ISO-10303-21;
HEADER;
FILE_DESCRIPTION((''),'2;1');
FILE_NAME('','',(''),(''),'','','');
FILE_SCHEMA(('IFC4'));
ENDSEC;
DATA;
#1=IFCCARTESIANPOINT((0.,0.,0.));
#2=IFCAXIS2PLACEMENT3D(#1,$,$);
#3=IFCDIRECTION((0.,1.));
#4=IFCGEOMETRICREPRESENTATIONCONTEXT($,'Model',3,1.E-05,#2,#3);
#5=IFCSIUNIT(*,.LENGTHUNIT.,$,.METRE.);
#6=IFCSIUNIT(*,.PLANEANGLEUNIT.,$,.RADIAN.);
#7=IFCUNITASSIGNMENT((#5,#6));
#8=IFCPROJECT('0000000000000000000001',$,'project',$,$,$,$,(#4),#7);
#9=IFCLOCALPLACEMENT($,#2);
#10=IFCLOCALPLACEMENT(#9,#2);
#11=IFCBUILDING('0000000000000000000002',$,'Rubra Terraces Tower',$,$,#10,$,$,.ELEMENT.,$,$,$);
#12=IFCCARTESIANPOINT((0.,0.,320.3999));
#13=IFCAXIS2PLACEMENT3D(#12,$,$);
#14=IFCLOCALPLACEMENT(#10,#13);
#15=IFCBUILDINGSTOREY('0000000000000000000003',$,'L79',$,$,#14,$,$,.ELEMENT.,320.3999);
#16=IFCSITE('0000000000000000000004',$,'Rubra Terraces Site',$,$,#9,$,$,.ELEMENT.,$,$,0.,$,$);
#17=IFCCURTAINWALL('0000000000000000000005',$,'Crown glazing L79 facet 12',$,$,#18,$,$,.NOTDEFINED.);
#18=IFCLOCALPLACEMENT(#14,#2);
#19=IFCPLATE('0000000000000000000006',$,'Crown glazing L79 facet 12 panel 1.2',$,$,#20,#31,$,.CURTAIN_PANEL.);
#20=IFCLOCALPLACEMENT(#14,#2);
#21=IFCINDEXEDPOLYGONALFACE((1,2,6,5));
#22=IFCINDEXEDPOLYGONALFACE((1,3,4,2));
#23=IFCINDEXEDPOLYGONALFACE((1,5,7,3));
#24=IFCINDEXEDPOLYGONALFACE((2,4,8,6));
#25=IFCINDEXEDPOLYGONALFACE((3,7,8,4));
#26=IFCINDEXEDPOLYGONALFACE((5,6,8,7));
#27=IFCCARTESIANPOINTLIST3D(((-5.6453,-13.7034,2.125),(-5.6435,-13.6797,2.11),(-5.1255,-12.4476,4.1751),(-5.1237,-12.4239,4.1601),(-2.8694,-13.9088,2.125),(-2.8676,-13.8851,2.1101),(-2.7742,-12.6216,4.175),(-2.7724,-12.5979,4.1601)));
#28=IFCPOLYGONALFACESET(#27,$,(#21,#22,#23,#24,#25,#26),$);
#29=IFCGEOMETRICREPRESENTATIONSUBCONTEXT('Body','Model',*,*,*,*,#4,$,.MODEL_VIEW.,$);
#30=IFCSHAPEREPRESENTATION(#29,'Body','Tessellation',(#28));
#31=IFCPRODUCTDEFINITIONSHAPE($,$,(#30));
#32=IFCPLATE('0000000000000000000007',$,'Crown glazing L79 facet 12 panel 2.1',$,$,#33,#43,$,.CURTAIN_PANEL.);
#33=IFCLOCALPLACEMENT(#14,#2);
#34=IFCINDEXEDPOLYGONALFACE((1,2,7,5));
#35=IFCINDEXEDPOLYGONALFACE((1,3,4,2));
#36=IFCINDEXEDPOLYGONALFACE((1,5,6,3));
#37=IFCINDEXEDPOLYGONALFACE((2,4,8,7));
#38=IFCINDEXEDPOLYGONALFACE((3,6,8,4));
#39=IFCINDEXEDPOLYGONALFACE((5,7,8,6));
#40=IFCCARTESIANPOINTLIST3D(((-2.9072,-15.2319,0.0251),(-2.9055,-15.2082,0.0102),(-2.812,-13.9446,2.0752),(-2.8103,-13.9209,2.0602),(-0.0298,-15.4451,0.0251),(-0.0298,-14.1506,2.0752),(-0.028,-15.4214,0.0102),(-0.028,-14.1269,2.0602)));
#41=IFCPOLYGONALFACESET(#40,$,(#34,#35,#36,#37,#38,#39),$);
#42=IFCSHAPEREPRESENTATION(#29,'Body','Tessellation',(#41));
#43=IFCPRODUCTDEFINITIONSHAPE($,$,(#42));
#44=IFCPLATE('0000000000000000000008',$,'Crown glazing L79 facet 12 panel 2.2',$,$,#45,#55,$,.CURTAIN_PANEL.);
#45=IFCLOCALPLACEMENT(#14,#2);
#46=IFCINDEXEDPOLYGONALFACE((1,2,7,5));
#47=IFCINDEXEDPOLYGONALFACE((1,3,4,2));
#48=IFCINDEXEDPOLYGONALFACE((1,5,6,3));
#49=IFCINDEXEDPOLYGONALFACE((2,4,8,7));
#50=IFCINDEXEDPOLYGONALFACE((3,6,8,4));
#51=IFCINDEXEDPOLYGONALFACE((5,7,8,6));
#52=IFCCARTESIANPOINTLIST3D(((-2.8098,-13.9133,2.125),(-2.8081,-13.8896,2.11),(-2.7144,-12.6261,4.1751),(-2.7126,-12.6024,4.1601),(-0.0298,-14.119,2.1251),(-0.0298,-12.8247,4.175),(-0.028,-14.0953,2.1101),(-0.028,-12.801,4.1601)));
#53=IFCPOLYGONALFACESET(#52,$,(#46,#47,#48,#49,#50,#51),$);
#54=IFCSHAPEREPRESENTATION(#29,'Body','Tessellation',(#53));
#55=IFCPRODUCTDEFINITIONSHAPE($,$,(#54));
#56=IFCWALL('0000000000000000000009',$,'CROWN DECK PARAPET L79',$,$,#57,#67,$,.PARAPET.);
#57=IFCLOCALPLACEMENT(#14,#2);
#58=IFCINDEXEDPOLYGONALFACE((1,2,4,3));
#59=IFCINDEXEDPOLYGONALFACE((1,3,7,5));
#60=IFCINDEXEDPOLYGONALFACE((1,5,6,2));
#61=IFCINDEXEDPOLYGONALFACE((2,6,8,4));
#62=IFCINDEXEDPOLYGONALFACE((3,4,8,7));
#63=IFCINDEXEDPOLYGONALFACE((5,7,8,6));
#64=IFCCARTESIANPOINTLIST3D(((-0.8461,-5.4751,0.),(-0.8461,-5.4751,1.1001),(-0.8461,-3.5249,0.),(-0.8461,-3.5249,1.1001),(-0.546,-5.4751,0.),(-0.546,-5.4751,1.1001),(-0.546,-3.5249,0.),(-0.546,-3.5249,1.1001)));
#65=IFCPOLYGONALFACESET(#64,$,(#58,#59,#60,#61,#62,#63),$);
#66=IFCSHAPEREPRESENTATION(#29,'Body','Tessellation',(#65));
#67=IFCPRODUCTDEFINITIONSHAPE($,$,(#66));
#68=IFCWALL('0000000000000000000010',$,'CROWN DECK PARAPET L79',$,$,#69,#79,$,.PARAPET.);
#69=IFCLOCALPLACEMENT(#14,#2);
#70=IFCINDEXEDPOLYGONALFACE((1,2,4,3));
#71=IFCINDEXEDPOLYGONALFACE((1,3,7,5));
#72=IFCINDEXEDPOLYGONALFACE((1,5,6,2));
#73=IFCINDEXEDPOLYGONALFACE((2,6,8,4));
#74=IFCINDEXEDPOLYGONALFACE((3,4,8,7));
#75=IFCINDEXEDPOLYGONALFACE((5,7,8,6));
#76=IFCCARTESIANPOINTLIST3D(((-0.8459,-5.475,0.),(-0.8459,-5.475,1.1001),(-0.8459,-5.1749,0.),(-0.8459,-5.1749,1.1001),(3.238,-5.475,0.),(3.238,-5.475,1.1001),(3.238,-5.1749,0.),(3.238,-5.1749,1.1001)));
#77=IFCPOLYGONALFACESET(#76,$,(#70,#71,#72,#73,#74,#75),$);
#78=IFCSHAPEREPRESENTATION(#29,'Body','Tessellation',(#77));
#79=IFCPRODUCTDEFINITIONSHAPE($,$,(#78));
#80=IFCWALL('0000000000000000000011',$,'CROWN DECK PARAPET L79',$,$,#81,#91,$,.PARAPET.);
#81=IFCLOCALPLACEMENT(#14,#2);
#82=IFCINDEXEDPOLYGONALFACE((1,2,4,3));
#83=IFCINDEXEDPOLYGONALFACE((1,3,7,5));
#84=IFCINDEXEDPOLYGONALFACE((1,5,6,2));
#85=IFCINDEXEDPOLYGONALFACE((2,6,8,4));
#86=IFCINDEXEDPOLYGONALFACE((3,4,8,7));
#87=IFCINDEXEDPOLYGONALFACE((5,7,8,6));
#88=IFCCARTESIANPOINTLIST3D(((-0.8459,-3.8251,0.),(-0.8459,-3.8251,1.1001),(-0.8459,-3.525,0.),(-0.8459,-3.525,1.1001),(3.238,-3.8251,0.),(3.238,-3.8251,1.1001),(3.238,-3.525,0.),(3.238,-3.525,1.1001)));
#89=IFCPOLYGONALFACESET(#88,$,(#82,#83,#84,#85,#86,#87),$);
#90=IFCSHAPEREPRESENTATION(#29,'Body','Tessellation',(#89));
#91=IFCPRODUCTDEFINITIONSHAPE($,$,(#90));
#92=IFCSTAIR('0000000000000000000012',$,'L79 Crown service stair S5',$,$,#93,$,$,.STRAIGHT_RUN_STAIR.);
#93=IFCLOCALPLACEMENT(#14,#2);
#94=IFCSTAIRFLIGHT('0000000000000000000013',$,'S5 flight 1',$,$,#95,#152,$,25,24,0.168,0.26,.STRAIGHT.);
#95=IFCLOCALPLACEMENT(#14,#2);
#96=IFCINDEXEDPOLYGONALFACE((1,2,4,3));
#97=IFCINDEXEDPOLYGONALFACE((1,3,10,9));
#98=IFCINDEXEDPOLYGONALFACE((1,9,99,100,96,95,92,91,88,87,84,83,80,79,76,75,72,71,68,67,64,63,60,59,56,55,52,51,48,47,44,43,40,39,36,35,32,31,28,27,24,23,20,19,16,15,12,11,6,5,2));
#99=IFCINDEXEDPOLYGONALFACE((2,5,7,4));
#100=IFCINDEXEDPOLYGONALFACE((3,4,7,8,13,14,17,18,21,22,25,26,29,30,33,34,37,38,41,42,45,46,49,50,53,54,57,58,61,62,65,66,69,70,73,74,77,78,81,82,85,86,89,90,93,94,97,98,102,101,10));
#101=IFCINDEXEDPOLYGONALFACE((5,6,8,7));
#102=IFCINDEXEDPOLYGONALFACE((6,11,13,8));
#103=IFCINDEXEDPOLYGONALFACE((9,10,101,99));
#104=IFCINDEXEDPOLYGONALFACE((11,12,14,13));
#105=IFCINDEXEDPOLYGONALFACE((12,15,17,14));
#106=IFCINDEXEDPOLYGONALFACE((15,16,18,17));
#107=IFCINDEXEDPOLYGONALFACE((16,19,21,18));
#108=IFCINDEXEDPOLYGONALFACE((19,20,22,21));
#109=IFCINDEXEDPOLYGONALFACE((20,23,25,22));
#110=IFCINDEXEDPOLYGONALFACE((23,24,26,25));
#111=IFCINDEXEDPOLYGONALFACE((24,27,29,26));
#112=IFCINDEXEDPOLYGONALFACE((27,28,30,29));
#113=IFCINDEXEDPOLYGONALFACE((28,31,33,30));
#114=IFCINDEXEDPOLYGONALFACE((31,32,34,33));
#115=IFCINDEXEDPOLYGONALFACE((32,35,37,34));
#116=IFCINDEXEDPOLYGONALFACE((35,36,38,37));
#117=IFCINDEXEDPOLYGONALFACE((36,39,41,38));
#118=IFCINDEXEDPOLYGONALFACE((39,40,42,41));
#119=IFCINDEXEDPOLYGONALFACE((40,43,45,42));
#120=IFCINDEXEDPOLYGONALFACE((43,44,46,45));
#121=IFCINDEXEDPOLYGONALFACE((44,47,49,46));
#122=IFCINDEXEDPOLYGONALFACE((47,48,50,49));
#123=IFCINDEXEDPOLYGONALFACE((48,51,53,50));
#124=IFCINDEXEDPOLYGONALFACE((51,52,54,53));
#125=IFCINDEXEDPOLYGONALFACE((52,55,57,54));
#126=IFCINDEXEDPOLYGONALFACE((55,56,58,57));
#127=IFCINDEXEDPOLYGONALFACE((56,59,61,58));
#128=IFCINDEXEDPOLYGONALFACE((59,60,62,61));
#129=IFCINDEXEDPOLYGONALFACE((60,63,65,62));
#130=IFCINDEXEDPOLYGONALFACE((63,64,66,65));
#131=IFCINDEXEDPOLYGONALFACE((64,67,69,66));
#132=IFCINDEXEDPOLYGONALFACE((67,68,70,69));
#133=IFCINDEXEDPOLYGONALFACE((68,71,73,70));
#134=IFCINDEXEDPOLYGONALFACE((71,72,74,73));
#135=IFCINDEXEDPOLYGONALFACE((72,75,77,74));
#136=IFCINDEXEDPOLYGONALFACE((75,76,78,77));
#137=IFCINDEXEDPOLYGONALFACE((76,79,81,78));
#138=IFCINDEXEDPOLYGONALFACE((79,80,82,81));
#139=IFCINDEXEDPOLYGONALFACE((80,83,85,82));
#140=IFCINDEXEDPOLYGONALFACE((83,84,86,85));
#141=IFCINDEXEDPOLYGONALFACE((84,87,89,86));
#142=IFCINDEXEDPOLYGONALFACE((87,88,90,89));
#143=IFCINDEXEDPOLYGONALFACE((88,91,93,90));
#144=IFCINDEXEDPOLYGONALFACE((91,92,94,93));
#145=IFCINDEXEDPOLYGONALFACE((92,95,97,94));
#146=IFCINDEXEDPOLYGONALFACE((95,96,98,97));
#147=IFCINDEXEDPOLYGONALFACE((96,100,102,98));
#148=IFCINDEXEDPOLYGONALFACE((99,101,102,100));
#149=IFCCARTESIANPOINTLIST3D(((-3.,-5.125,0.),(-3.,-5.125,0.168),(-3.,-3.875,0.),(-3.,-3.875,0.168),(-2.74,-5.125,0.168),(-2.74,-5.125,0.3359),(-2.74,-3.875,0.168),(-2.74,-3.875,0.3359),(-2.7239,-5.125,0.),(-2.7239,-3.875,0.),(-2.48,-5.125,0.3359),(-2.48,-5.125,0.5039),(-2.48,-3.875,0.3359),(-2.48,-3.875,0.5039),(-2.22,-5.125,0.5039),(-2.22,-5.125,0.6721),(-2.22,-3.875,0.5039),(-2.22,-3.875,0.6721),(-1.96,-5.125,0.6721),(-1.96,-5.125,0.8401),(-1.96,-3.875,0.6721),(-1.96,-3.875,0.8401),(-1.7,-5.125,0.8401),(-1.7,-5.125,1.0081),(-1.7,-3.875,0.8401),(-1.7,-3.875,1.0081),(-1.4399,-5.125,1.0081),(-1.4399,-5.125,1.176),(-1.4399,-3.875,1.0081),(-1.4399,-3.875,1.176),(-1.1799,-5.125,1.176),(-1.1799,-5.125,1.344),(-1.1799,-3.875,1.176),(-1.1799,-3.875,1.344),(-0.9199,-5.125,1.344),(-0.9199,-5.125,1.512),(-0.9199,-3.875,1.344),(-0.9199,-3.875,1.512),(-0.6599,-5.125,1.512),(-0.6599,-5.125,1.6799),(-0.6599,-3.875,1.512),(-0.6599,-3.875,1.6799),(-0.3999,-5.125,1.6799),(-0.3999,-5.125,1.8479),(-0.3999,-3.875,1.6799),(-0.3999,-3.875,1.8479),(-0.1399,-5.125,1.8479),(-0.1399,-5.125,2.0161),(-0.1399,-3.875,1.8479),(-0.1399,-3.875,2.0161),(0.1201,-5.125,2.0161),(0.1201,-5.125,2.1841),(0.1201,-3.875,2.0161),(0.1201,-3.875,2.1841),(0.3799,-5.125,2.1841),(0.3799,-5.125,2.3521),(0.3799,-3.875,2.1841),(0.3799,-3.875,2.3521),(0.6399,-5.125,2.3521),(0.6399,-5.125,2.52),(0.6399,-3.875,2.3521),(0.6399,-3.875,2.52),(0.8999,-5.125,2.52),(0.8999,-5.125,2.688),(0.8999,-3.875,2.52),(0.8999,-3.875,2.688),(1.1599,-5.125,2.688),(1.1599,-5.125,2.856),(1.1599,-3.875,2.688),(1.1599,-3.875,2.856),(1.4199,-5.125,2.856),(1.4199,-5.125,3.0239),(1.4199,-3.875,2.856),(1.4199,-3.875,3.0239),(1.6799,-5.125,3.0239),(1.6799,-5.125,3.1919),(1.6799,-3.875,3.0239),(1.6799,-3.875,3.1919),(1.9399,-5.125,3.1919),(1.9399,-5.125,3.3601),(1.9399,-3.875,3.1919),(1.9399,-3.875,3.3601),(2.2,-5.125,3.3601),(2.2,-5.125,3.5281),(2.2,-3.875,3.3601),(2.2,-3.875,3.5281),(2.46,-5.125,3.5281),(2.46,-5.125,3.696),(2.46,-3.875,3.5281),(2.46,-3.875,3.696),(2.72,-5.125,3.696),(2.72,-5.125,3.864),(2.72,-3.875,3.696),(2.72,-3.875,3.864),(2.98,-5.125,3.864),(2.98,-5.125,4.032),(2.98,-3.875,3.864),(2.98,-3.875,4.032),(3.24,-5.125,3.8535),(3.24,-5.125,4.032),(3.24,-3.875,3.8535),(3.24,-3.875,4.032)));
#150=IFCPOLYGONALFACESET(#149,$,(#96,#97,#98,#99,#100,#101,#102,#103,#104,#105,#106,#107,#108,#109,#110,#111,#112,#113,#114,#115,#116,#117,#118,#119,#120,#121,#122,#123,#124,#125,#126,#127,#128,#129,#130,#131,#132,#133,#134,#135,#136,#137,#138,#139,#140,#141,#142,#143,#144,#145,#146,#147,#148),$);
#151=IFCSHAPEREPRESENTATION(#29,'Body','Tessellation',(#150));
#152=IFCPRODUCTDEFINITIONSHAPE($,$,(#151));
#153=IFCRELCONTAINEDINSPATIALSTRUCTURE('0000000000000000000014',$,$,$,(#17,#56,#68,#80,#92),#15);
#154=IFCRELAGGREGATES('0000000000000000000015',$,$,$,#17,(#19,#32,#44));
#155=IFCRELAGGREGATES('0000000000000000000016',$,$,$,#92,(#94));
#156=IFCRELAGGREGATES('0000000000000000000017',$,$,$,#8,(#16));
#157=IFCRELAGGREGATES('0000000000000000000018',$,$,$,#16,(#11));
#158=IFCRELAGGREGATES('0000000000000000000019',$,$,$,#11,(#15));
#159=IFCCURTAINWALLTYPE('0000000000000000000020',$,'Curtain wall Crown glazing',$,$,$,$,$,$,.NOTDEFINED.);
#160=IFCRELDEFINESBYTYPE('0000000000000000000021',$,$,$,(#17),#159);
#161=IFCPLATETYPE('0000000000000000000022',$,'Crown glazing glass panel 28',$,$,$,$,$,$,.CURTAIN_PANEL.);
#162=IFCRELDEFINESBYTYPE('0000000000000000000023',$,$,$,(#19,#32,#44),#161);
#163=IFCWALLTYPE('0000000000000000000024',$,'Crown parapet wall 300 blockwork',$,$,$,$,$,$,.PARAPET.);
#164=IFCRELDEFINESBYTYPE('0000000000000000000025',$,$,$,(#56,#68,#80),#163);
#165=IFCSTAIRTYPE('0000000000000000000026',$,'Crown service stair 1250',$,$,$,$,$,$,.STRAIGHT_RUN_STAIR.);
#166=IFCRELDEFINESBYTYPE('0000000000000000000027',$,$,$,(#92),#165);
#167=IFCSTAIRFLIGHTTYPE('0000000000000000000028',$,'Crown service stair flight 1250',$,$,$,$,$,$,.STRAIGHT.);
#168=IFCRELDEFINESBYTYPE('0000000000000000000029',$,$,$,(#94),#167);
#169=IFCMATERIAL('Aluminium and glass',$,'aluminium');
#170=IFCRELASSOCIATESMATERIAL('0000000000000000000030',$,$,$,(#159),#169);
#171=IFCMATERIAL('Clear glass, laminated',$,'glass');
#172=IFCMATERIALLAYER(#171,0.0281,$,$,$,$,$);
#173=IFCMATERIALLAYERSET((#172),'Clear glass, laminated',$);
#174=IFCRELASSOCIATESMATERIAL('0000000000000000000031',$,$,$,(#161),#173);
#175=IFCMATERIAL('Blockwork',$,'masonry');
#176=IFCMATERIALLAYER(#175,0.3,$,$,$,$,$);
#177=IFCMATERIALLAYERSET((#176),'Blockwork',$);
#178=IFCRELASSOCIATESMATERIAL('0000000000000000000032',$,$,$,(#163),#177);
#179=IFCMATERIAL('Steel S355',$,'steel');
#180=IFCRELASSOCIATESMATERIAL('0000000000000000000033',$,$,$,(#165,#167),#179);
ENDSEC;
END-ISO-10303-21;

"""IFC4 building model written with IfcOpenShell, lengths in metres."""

from ifc_helpers import new_model, si_unit, direction, frame, frame_2d, origin, place, context, subcontext, project, spatial, polyline, rectangle, outline, extrude, material, layer, layer_set, type_object, element, aggregate, save


model = new_model("IFC4")

# Units and contexts
model_context = context("Model", 3, precision=1e-05, world=origin(), true_north=direction((0.0, 1.0)))
body_context = subcontext(model_context, "Body", "Model", "MODEL_VIEW")
ifc_project = project(units=[si_unit("LENGTHUNIT", "METRE"), si_unit("PLANEANGLEUNIT", "RADIAN")], contexts=[model_context])

# Site, building, storey
site_placement = place(None, origin())
site = spatial("IfcSite", under=ifc_project, at=site_placement, Name="Rubra Terraces Site", CompositionType="ELEMENT", RefElevation=0.0)
building_placement = place(site_placement, origin())
building = spatial("IfcBuilding", under=site, at=building_placement, Name="Rubra Terraces Tower", CompositionType="ELEMENT")
storey_placement = place(building_placement, frame((0.0, 0.0, 320.3999)))
storey = spatial("IfcBuildingStorey", under=building, at=storey_placement, Name="L79", CompositionType="ELEMENT", Elevation=320.3999)

# Shared definitions
ifc_material_1 = material(Name="Aluminium and glass", Category="aluminium")
curtain_wall_type = type_object("IfcCurtainWallType", Name="Curtain wall Crown glazing", PredefinedType="NOTDEFINED", material=ifc_material_1)

# Curtain wall
curtain_wall_1_placement = place(storey_placement, origin())
curtain_wall_1 = element("IfcCurtainWall", 1, at=curtain_wall_1_placement, inside=storey, type_object=curtain_wall_type, Name="Crown glazing L79 facet 12", PredefinedType="NOTDEFINED")

# Plates
ifc_material_2 = material(Name="Clear glass, laminated", Category="glass")
ifc_layer_1 = layer(ifc_material_2, 0.0281)
ifc_layer_set_1 = layer_set([ifc_layer_1], Name="Clear glass, laminated")
plate_type = type_object("IfcPlateType", Name="Crown glazing glass panel 28", PredefinedType="CURTAIN_PANEL", material=ifc_layer_set_1)
plate_1_placement = place(storey_placement, frame((-5.6453, -13.7034, 2.125), z_axis=(-0.062448, -0.843937, 0.532795), x_axis=(0.997274, -0.073786, 0.000013)))
plate_1 = element("IfcPlate", 2, at=plate_1_placement, type_object=plate_type, Name="Crown glazing L79 facet 12 panel 1.2", PredefinedType="CURTAIN_PANEL", context=body_context, shape_type="SweptSolid", body=[
    extrude(outline(polyline([(0.0, 0.0), (2.7835, 0.0), (2.7835, 2.4225), (0.4257, 2.4226), (0.0, 0.0)])), origin(), (0.0, 0.0, -1.0), 0.0281),
])
plate_2_placement = place(storey_placement, frame((-2.9072, -15.2319, 0.0251), z_axis=(-0.062504, -0.8439, 0.532846), x_axis=(0.997268, -0.073865, -0.000002)))
plate_2 = element("IfcPlate", 3, at=plate_2_placement, type_object=plate_type, Name="Crown glazing L79 facet 12 panel 2.1", PredefinedType="CURTAIN_PANEL", context=body_context, shape_type="SweptSolid", body=[
    extrude(outline(polyline([(0.0, 0.0), (2.8853, 0.0), (2.7897, 2.4226), (-0.0001, 2.4226), (0.0, 0.0)])), origin(), (0.0, 0.0, -1.0), 0.0281),
])
plate_3_placement = place(storey_placement, frame((-2.8098, -13.9133, 2.125), z_axis=(-0.062438, -0.843926, 0.532814), x_axis=(0.997275, -0.073772, 0.000018)))
plate_3 = element("IfcPlate", 4, at=plate_3_placement, type_object=plate_type, Name="Crown glazing L79 facet 12 panel 2.2", PredefinedType="CURTAIN_PANEL", context=body_context, shape_type="SweptSolid", body=[
    extrude(outline(polyline([(0.0, 0.0), (2.7876, 0.0), (2.6922, 2.4225), (0.0003, 2.4226), (0.0, 0.0)])), origin(), (0.0, 0.0, -1.0), 0.0281),
])
aggregate(curtain_wall_1, [plate_1, plate_2, plate_3])

# Walls
ifc_material_3 = material(Name="Blockwork", Category="masonry")
ifc_layer_2 = layer(ifc_material_3, 0.3)
ifc_layer_set_2 = layer_set([ifc_layer_2], Name="Blockwork")
wall_type = type_object("IfcWallType", Name="Crown parapet wall 300 blockwork", PredefinedType="PARAPET", material=ifc_layer_set_2)
wall_placement = place(storey_placement, frame((-0.696, -5.4751, 0.0), z_axis=(0.0, 0.0, 1.0), x_axis=(0.0, 1.0, 0.0)))
element("IfcWall", 5, at=wall_placement, inside=storey, type_object=wall_type, Name="CROWN DECK PARAPET L79", PredefinedType="PARAPET", context=body_context, shape_type="SweptSolid", body=[
    extrude(rectangle(XDim=1.9502, YDim=0.3, at=frame_2d((0.9751, 0.0))), origin(), (0.0, 0.0, 1.0), 1.1001),
])
for number, where, z_axis, x_axis, name in (
    (6, (-0.8459, -5.325, 0.0), (0.0, 0.0, 1.0), (1.0, 0.0, 0.0), "CROWN DECK PARAPET L79"),
    (7, (-0.8459, -3.675, 0.0), (0.0, 0.0, 1.0), (1.0, 0.0, 0.0), "CROWN DECK PARAPET L79"),
):
    element("IfcWall", number, at=place(storey_placement, frame(where, z_axis=z_axis, x_axis=x_axis)), inside=storey, type_object=wall_type, Name=name, PredefinedType="PARAPET", context=body_context, shape_type="SweptSolid", body=[
        extrude(rectangle(XDim=4.084, YDim=0.3, at=frame_2d((2.042, 0.0))), origin(), (0.0, 0.0, 1.0), 1.1001),
    ])

# Stair, stair flight
ifc_material_4 = material(Name="Steel S355", Category="steel")
stair_type = type_object("IfcStairType", Name="Crown service stair 1250", PredefinedType="STRAIGHT_RUN_STAIR", material=ifc_material_4)
stair_placement = place(storey_placement, origin())
stair = element("IfcStair", 8, at=stair_placement, inside=storey, type_object=stair_type, Name="L79 Crown service stair S5", PredefinedType="STRAIGHT_RUN_STAIR")
stair_flight_type = type_object("IfcStairFlightType", Name="Crown service stair flight 1250", PredefinedType="STRAIGHT", material=ifc_material_4)
stair_flight_placement = place(storey_placement, frame((-3.0, -4.5, 0.0), z_axis=(0.0, 0.0, 1.0), x_axis=(1.0, 0.0, 0.0)))
stair_flight = element("IfcStairFlight", 9, at=stair_flight_placement, type_object=stair_flight_type, Name="S5 flight 1", NumberOfRisers=25, NumberOfTreads=24, PredefinedType="STRAIGHT", RiserHeight=0.168, TreadLength=0.26, context=body_context, shape_type="SweptSolid", body=[
    extrude(outline(polyline([(0.0, 0.0), (0.0, 0.168), (0.26, 0.168), (0.26, 0.3359), (0.52, 0.3359), (0.52, 0.5039), (0.78, 0.5039), (0.78, 0.6721), (1.04, 0.6721), (1.04, 0.8401), (1.3, 0.8401), (1.3, 1.0081), (1.5601, 1.0081), (1.5601, 1.176), (1.8201, 1.176), (1.8201, 1.344), (2.0801, 1.344), (2.0801, 1.512), (2.3401, 1.512), (2.3401, 1.6799), (2.6001, 1.6799), (2.6001, 1.8479), (2.8601, 1.8479), (2.8601, 2.0161), (3.1201, 2.0161), (3.1201, 2.1841), (3.3799, 2.1841), (3.3799, 2.3521), (3.6399, 2.3521), (3.6399, 2.52), (3.8999, 2.52), (3.8999, 2.688), (4.1599, 2.688), (4.1599, 2.856), (4.4199, 2.856), (4.4199, 3.0239), (4.6799, 3.0239), (4.6799, 3.1919), (4.9399, 3.1919), (4.9399, 3.3601), (5.2, 3.3601), (5.2, 3.5281), (5.46, 3.5281), (5.46, 3.696), (5.72, 3.696), (5.72, 3.864), (5.98, 3.864), (5.98, 4.032), (6.24, 4.032), (6.24, 4.2), (6.24, 3.8535), (0.2761, 0.0), (0.0, 0.0)])), frame((0.0, 0.625, 0.0), z_axis=(0.0, -1.0, 0.0), x_axis=(1.0, 0.0, 0.0)), (0.0, 0.0, 1.0), 1.25),
])
aggregate(stair, [stair_flight])

save(model, "model.ifc")
